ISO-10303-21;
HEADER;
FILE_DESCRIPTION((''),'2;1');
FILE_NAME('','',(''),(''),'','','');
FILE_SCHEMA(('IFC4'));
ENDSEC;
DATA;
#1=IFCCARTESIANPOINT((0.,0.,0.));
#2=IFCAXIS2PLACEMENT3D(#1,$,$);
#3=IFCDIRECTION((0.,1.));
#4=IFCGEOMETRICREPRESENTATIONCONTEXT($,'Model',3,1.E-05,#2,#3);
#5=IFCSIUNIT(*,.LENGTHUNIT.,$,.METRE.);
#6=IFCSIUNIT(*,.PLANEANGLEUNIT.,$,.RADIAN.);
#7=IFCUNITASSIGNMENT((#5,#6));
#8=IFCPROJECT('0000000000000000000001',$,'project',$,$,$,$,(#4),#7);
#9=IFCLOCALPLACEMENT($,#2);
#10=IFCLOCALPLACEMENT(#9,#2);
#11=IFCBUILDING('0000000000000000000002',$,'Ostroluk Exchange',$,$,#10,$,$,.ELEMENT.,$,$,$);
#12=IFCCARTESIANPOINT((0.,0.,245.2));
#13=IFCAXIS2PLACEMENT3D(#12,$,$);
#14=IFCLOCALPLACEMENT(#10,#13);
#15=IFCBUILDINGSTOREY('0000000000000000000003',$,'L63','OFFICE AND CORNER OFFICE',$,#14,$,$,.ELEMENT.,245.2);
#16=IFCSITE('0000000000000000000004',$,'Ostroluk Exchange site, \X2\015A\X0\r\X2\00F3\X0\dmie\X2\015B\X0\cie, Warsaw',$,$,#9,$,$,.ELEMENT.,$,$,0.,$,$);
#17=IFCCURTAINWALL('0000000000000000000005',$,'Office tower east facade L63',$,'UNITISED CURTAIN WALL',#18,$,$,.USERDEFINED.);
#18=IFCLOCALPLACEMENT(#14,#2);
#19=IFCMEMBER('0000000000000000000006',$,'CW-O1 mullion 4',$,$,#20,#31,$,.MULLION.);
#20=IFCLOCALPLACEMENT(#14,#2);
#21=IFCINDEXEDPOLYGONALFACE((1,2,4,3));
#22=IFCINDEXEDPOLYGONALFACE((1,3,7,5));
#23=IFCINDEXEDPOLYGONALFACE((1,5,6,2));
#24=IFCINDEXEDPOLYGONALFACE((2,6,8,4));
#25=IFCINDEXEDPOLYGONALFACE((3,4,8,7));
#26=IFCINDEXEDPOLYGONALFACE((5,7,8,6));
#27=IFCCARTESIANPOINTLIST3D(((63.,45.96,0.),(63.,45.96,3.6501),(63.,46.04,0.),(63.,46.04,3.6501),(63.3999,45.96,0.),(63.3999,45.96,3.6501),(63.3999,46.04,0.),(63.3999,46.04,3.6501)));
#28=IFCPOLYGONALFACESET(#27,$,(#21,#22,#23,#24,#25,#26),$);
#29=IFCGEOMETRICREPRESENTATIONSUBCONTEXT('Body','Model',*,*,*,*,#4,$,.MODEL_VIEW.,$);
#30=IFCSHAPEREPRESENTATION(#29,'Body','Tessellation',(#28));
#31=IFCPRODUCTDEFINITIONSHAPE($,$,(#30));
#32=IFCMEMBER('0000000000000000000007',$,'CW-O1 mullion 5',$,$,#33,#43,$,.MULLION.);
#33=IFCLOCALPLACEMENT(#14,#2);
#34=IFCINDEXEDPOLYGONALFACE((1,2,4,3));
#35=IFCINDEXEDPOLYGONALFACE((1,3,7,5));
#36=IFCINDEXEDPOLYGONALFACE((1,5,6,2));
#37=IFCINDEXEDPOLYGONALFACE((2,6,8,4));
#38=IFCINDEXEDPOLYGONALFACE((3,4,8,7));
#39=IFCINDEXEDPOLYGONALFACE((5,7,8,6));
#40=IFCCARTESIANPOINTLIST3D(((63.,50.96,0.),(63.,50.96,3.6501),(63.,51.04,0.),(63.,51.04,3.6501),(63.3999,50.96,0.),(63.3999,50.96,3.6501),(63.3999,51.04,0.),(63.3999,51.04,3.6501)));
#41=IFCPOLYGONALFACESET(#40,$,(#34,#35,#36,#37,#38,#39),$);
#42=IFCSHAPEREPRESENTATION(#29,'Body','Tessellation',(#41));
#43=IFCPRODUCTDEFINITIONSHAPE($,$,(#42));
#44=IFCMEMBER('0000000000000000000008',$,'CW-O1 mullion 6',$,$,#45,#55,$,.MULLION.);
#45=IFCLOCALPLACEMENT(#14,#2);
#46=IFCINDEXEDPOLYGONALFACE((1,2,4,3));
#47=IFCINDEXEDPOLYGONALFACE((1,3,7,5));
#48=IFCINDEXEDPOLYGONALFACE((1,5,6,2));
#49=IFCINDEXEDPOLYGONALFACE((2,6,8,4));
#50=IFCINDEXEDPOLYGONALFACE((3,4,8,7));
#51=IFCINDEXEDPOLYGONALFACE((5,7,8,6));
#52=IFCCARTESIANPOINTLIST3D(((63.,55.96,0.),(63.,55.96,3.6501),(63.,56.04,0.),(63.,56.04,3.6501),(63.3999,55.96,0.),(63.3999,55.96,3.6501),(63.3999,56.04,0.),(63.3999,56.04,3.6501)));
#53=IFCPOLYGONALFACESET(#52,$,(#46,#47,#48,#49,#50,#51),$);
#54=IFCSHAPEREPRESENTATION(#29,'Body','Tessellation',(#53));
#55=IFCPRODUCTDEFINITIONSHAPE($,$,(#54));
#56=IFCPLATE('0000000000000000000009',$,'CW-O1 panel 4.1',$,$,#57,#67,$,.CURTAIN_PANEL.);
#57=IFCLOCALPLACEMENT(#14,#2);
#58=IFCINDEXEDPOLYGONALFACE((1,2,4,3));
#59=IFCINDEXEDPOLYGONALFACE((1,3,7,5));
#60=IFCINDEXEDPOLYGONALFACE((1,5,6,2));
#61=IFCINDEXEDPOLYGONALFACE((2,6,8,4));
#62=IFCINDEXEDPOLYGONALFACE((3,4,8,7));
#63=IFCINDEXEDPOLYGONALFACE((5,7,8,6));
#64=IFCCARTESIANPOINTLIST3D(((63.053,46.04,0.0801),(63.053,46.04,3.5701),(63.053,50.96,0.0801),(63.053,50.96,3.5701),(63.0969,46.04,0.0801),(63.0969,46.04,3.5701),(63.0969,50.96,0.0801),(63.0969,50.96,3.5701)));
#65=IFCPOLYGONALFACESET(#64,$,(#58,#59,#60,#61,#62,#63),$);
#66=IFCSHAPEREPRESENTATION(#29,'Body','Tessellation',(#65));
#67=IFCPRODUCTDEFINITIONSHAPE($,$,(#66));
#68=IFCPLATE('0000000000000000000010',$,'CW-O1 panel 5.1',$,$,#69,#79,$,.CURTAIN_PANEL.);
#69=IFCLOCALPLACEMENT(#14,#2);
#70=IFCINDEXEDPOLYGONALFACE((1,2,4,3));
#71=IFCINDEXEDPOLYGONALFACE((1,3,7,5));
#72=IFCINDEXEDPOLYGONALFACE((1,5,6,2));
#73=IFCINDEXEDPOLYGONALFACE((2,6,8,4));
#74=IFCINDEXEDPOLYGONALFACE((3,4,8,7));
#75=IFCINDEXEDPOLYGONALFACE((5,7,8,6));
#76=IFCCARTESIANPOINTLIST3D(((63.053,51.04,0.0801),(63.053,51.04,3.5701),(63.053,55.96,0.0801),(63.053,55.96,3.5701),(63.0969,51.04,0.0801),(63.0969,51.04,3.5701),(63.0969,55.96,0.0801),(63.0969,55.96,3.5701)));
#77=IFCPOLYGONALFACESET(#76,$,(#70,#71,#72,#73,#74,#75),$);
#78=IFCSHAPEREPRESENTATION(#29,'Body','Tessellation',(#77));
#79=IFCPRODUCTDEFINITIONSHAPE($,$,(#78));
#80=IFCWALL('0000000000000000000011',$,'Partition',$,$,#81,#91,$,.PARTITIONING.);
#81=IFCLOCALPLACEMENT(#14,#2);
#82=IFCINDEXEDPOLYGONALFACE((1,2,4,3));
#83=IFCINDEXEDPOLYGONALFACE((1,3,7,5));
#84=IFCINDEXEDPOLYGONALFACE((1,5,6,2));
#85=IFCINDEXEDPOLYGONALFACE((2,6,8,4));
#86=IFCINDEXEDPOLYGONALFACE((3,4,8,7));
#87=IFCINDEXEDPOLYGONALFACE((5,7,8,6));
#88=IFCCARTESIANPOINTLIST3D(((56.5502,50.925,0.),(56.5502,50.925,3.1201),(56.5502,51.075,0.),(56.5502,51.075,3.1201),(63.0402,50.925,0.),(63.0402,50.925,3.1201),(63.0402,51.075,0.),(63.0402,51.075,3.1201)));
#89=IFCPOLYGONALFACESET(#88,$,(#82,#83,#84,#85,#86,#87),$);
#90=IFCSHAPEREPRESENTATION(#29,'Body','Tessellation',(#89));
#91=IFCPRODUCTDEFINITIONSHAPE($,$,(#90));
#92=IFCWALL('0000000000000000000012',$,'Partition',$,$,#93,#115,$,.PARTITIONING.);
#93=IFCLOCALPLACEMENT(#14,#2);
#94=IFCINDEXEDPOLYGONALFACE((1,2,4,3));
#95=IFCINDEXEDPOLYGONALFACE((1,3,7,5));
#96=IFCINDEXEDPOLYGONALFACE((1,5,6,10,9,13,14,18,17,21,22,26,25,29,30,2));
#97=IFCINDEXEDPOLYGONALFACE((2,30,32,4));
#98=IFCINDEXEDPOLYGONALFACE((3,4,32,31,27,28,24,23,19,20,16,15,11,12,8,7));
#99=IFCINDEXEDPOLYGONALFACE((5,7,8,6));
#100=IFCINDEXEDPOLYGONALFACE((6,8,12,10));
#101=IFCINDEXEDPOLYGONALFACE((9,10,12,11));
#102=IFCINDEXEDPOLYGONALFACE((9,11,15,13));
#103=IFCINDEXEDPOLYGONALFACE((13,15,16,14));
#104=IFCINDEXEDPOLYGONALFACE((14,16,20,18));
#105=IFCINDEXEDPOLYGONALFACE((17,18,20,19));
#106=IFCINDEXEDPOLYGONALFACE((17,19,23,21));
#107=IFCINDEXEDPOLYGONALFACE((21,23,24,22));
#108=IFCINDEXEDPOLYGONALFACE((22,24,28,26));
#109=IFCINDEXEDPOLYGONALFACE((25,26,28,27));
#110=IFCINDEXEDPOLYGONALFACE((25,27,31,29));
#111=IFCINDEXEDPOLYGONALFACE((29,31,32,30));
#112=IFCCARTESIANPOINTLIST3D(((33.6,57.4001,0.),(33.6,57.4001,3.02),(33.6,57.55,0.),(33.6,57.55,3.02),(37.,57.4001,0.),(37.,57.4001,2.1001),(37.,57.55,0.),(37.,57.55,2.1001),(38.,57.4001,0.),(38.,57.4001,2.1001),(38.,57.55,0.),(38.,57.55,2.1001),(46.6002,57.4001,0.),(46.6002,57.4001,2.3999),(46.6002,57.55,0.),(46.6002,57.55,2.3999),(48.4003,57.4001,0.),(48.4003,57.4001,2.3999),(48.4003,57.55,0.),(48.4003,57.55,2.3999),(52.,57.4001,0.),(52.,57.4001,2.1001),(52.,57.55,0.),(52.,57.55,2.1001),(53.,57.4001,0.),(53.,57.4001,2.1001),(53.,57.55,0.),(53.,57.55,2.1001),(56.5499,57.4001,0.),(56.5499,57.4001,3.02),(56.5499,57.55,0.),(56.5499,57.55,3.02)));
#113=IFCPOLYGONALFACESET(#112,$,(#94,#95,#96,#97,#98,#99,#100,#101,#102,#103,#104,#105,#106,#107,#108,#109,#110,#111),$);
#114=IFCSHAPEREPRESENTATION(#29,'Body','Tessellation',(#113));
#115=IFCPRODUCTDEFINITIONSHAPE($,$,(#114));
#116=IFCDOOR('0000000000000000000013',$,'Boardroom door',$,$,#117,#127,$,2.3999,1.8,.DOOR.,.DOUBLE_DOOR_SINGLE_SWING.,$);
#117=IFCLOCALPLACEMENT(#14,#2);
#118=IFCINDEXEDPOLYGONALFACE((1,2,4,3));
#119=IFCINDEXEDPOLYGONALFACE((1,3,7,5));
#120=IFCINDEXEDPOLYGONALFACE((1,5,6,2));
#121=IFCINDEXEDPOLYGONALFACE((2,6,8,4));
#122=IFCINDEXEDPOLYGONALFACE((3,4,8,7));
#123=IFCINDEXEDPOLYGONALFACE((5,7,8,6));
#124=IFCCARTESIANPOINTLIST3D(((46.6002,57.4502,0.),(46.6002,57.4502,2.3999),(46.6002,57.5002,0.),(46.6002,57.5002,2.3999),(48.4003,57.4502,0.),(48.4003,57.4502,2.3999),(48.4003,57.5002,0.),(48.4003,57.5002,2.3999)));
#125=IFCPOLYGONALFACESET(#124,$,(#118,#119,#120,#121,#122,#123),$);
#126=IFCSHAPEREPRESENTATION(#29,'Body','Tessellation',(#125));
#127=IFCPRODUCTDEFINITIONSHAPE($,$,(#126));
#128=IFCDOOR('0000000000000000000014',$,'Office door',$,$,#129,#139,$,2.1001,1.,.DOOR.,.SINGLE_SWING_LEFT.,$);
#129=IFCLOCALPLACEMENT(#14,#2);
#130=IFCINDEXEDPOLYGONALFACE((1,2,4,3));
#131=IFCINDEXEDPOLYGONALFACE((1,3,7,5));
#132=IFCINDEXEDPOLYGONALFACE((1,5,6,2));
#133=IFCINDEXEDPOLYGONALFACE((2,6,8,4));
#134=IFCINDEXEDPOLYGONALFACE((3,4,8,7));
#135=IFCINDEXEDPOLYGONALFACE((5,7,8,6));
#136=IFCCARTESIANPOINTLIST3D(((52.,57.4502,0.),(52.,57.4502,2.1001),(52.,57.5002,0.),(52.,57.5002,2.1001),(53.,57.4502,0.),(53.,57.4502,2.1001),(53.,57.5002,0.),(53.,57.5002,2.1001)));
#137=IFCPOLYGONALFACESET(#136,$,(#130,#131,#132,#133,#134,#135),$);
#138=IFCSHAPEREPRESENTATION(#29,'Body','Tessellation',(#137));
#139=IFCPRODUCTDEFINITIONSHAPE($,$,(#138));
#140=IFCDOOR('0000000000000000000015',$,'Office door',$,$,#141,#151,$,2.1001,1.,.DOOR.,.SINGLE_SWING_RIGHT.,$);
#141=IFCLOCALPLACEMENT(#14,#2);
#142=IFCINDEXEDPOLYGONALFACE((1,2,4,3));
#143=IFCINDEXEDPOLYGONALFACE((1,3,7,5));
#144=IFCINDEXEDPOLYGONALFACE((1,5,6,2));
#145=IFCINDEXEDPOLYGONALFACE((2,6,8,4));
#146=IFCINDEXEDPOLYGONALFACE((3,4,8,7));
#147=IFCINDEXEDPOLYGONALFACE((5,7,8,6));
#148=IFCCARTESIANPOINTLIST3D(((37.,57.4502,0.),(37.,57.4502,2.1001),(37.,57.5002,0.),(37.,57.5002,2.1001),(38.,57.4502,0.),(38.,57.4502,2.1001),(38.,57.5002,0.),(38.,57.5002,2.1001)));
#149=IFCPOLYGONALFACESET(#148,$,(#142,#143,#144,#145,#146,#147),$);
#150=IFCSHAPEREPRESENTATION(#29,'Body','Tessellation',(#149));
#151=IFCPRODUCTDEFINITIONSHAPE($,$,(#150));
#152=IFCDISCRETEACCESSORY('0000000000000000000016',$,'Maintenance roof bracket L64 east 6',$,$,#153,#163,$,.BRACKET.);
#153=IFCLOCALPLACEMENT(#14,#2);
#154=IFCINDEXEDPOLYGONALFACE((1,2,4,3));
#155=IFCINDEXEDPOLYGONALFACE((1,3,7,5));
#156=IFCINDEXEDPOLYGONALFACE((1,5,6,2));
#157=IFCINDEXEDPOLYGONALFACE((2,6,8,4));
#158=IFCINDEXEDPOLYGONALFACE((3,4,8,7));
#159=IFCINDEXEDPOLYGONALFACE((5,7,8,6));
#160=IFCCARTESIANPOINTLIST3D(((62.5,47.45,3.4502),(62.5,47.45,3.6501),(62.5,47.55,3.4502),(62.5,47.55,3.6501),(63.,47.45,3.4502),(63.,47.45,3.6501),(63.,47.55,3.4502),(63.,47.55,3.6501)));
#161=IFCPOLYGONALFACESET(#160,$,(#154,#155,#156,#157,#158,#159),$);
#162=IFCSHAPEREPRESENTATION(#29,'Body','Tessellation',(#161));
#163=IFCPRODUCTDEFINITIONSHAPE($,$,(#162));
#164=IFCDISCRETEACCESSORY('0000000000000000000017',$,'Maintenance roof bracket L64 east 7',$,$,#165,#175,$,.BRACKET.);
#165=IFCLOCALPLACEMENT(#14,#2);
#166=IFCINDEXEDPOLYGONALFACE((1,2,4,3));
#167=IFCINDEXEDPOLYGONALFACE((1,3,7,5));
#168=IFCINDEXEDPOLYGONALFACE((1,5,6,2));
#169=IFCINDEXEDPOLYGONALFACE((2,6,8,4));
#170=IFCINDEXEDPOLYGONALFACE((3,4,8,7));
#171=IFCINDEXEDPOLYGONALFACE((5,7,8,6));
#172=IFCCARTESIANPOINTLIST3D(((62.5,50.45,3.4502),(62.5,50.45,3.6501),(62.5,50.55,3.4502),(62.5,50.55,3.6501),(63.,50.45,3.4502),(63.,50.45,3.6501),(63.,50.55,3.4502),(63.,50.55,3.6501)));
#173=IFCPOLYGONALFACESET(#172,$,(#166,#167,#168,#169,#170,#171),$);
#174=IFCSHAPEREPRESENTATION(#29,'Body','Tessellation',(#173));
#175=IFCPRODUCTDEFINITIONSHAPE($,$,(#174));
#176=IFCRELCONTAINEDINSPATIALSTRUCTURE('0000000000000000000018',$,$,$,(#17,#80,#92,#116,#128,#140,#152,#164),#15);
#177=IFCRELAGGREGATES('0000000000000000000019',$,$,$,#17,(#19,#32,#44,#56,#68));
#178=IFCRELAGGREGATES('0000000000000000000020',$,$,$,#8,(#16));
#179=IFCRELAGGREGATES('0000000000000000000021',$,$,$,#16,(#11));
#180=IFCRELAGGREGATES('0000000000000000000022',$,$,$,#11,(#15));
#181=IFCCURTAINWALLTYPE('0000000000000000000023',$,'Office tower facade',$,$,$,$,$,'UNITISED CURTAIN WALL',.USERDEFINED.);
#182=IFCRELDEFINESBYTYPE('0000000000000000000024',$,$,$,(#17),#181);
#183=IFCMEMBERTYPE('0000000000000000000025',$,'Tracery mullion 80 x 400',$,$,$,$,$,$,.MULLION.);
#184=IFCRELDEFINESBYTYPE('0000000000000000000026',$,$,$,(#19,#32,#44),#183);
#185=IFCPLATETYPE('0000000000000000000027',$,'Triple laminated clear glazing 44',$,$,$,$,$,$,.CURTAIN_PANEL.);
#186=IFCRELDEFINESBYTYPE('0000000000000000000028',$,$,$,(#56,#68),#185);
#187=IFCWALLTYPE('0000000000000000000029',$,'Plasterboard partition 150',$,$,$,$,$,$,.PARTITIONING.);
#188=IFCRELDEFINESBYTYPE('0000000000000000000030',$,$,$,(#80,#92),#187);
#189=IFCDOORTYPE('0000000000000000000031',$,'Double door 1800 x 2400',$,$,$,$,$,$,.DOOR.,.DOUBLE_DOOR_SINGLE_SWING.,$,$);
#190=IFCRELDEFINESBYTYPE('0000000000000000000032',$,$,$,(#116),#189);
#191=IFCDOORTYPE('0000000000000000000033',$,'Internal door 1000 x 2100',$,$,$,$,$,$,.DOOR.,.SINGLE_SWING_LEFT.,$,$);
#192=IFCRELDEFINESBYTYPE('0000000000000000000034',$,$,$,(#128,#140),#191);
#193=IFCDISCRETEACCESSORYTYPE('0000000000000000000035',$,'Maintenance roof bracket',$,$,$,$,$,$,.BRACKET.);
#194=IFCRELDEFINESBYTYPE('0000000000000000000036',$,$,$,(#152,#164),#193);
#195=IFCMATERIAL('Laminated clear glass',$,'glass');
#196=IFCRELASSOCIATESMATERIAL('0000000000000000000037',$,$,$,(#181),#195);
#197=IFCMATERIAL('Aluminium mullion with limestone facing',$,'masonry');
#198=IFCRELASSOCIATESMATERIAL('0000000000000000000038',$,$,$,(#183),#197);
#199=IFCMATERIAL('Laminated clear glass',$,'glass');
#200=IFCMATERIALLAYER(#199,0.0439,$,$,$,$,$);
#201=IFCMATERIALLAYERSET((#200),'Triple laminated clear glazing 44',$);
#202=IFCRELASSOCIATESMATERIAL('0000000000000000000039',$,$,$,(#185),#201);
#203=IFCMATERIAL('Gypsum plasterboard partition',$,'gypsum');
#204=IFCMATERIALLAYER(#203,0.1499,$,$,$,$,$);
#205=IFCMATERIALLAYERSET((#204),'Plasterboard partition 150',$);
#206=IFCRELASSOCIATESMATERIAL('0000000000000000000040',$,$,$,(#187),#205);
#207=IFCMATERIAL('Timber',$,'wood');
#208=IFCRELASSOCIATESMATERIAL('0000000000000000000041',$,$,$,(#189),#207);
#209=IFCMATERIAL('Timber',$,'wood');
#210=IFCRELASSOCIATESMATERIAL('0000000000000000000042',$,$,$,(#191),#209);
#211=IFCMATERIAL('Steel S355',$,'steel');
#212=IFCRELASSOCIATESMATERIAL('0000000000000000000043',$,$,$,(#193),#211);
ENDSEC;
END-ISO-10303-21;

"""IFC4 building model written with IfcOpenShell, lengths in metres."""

from ifc_helpers import new_model, si_unit, direction, frame, frame_2d, origin, origin_2d, place, context, subcontext, project, spatial, rectangle, extrude, material, layer, layer_set, material_profile, profile_set, type_object, element, fill, aggregate, save


model = new_model("IFC4")

# Units and contexts
model_context = context("Model", 3, precision=1e-05, world=origin(), true_north=direction((0.0, 1.0)))
body_context = subcontext(model_context, "Body", "Model", "MODEL_VIEW")
ifc_project = project(units=[si_unit("LENGTHUNIT", "METRE"), si_unit("PLANEANGLEUNIT", "RADIAN")], contexts=[model_context])

# Site, building, storey
site_placement = place(None, origin())
site = spatial("IfcSite", under=ifc_project, at=site_placement, Name="Ostroluk Exchange site, Śródmieście, Warsaw", CompositionType="ELEMENT", RefElevation=0.0)
building_placement = place(site_placement, origin())
building = spatial("IfcBuilding", under=site, at=building_placement, Name="Ostroluk Exchange", CompositionType="ELEMENT")
storey_placement = place(building_placement, frame((0.0, 0.0, 245.2)))
storey = spatial("IfcBuildingStorey", under=building, at=storey_placement, Name="L63", Description="OFFICE AND CORNER OFFICE", CompositionType="ELEMENT", Elevation=245.2)

# Curtain wall, members, plates
ifc_material_1 = material(Name="Laminated clear glass", Category="glass")
curtain_wall_type = type_object("IfcCurtainWallType", Name="Office tower facade", ElementType="UNITISED CURTAIN WALL", PredefinedType="USERDEFINED", material=ifc_material_1)
curtain_wall_placement = place(storey_placement, origin())
curtain_wall = element("IfcCurtainWall", 1, at=curtain_wall_placement, inside=storey, type_object=curtain_wall_type, Name="Office tower east facade L63", ObjectType="UNITISED CURTAIN WALL", PredefinedType="USERDEFINED")
ifc_material_2 = material(Name="Aluminium mullion with limestone facing", Category="masonry")
ifc_material_profile_1 = material_profile(ifc_material_2, rectangle(XDim=0.3999, YDim=0.0801, at=origin_2d()), Name="Tracery mullion 80 x 400")
ifc_profile_set_1 = profile_set([ifc_material_profile_1], Name="Aluminium mullion with limestone facing")
member_type_1 = type_object("IfcMemberType", Name="Tracery mullion 80 x 400", PredefinedType="MULLION", material=ifc_profile_set_1)
member_1_placement = place(storey_placement, frame((63.2, 46.0, 0.0), z_axis=(0.0, 0.0, 1.0), x_axis=(-1.0, 0.0, 0.0)))
member_1 = element("IfcMember", 2, at=member_1_placement, type_object=member_type_1, Name="CW-O1 mullion 4", PredefinedType="MULLION", context=body_context, shape_type="SweptSolid", body=[
    extrude(rectangle(XDim=0.3999, YDim=0.0801, at=origin_2d()), origin(), (0.0, 0.0, 1.0), 3.6501),
])
member_2_placement = place(storey_placement, frame((63.2, 51.0, 0.0), z_axis=(0.0, 0.0, 1.0), x_axis=(-1.0, 0.0, 0.0)))
member_2 = element("IfcMember", 3, at=member_2_placement, type_object=member_type_1, Name="CW-O1 mullion 5", PredefinedType="MULLION", context=body_context, shape_type="SweptSolid", body=[
    extrude(rectangle(XDim=0.3999, YDim=0.0801, at=origin_2d()), origin(), (0.0, 0.0, 1.0), 3.6501),
])
member_3_placement = place(storey_placement, frame((63.2, 56.0, 0.0), z_axis=(0.0, 0.0, 1.0), x_axis=(-1.0, 0.0, 0.0)))
member_3 = element("IfcMember", 4, at=member_3_placement, type_object=member_type_1, Name="CW-O1 mullion 6", PredefinedType="MULLION", context=body_context, shape_type="SweptSolid", body=[
    extrude(rectangle(XDim=0.3999, YDim=0.0801, at=origin_2d()), origin(), (0.0, 0.0, 1.0), 3.6501),
])
ifc_material_3 = material(Name="Laminated clear glass", Category="glass")
ifc_layer_1 = layer(ifc_material_3, 0.0439)
ifc_layer_set_1 = layer_set([ifc_layer_1], Name="Triple laminated clear glazing 44")
plate_type = type_object("IfcPlateType", Name="Triple laminated clear glazing 44", PredefinedType="CURTAIN_PANEL", material=ifc_layer_set_1)
plate_1_placement = place(storey_placement, frame((63.075, 48.5, 0.0801), z_axis=(0.0, 0.0, 1.0), x_axis=(0.0, 1.0, 0.0)))
plate_1 = element("IfcPlate", 5, at=plate_1_placement, type_object=plate_type, Name="CW-O1 panel 4.1", PredefinedType="CURTAIN_PANEL", context=body_context, shape_type="SweptSolid", body=[
    extrude(rectangle(XDim=4.9199, YDim=0.0439, at=origin_2d()), origin(), (0.0, 0.0, 1.0), 3.49),
])
plate_2_placement = place(storey_placement, frame((63.075, 53.5, 0.0801), z_axis=(0.0, 0.0, 1.0), x_axis=(0.0, 1.0, 0.0)))
plate_2 = element("IfcPlate", 6, at=plate_2_placement, type_object=plate_type, Name="CW-O1 panel 5.1", PredefinedType="CURTAIN_PANEL", context=body_context, shape_type="SweptSolid", body=[
    extrude(rectangle(XDim=4.9199, YDim=0.0439, at=origin_2d()), origin(), (0.0, 0.0, 1.0), 3.49),
])
aggregate(curtain_wall, [member_1, member_2, member_3, plate_1, plate_2])

# Wall
ifc_material_4 = material(Name="Gypsum plasterboard partition", Category="gypsum")
ifc_layer_2 = layer(ifc_material_4, 0.1499)
ifc_layer_set_2 = layer_set([ifc_layer_2], Name="Plasterboard partition 150")
wall_type = type_object("IfcWallType", Name="Plasterboard partition 150", PredefinedType="PARTITIONING", material=ifc_layer_set_2)
wall_1_placement = place(storey_placement, frame((56.55, 51.0, 0.0), z_axis=(0.0, 0.0, 1.0), x_axis=(1.0, 0.0, 0.0)))
element("IfcWall", 7, at=wall_1_placement, inside=storey, type_object=wall_type, Name="Partition", PredefinedType="PARTITIONING", context=body_context, shape_type="SweptSolid", body=[
    extrude(rectangle(XDim=6.49, YDim=0.1499, at=frame_2d((3.2451, 0.0))), origin(), (0.0, 0.0, 1.0), 3.1201),
])

# Wall, openings, doors
wall_2_placement = place(storey_placement, frame((56.55, 57.4751, 0.0), z_axis=(0.0, 0.0, 1.0), x_axis=(-1.0, 0.0, 0.0)))
wall_2 = element("IfcWall", 8, at=wall_2_placement, inside=storey, type_object=wall_type, Name="Partition", PredefinedType="PARTITIONING", context=body_context, shape_type="SweptSolid", body=[
    extrude(rectangle(XDim=22.95, YDim=0.1499, at=frame_2d((11.4751, 0.0))), origin(), (0.0, 0.0, 1.0), 3.02),
])
opening_1_placement = place(wall_2_placement, frame((3.55, 0.0, 0.0)))
opening_1 = element("IfcOpeningElement", 9, at=opening_1_placement, cuts=wall_2, PredefinedType="OPENING", context=body_context, shape_type="SweptSolid", body=[
    extrude(rectangle(XDim=1.0, YDim=2.1001, at=frame_2d((0.5, 1.05))), frame((0.0, 0.085, 0.0), z_axis=(0.0, -1.0, 0.0), x_axis=(1.0, 0.0, 0.0)), (0.0, 0.0, 1.0), 0.1699),
])
opening_2_placement = place(wall_2_placement, frame((8.1499, 0.0, 0.0)))
opening_2 = element("IfcOpeningElement", 10, at=opening_2_placement, cuts=wall_2, PredefinedType="OPENING", context=body_context, shape_type="SweptSolid", body=[
    extrude(rectangle(XDim=1.8, YDim=2.3999, at=frame_2d((0.8999, 1.2))), frame((0.0, 0.085, 0.0), z_axis=(0.0, -1.0, 0.0), x_axis=(1.0, 0.0, 0.0)), (0.0, 0.0, 1.0), 0.1699),
])
opening_3_placement = place(wall_2_placement, frame((18.55, 0.0, 0.0)))
opening_3 = element("IfcOpeningElement", 11, at=opening_3_placement, cuts=wall_2, PredefinedType="OPENING", context=body_context, shape_type="SweptSolid", body=[
    extrude(rectangle(XDim=1.0, YDim=2.1001, at=frame_2d((0.5, 1.05))), frame((0.0, 0.085, 0.0), z_axis=(0.0, -1.0, 0.0), x_axis=(1.0, 0.0, 0.0)), (0.0, 0.0, 1.0), 0.1699),
])
ifc_material_5 = material(Name="Timber", Category="wood")
door_type_1 = type_object("IfcDoorType", Name="Double door 1800 x 2400", OperationType="DOUBLE_DOOR_SINGLE_SWING", PredefinedType="DOOR", material=ifc_material_5)
door_1_placement = place(opening_2_placement, origin())
door_1 = element("IfcDoor", 12, at=door_1_placement, inside=storey, type_object=door_type_1, Name="Boardroom door", OperationType="DOUBLE_DOOR_SINGLE_SWING", OverallHeight=2.3999, OverallWidth=1.8, PredefinedType="DOOR", context=body_context, shape_type="SweptSolid", body=[
    extrude(rectangle(XDim=1.8, YDim=2.3999, at=frame_2d((0.8999, 1.2))), frame((0.0, 0.0249, 0.0), z_axis=(0.0, -1.0, 0.0), x_axis=(1.0, 0.0, 0.0)), (0.0, 0.0, 1.0), 0.05),
])
fill(opening_2, door_1)
ifc_material_6 = material(Name="Timber", Category="wood")
door_type_2 = type_object("IfcDoorType", Name="Internal door 1000 x 2100", OperationType="SINGLE_SWING_LEFT", PredefinedType="DOOR", material=ifc_material_6)
door_2_placement = place(opening_1_placement, origin())
door_2 = element("IfcDoor", 13, at=door_2_placement, inside=storey, type_object=door_type_2, Name="Office door", OperationType="SINGLE_SWING_LEFT", OverallHeight=2.1001, OverallWidth=1.0, PredefinedType="DOOR", context=body_context, shape_type="SweptSolid", body=[
    extrude(rectangle(XDim=1.0, YDim=2.1001, at=frame_2d((0.5, 1.05))), frame((0.0, 0.0249, 0.0), z_axis=(0.0, -1.0, 0.0), x_axis=(1.0, 0.0, 0.0)), (0.0, 0.0, 1.0), 0.05),
])
fill(opening_1, door_2)
door_3_placement = place(opening_3_placement, origin())
door_3 = element("IfcDoor", 14, at=door_3_placement, inside=storey, type_object=door_type_2, Name="Office door", OperationType="SINGLE_SWING_RIGHT", OverallHeight=2.1001, OverallWidth=1.0, PredefinedType="DOOR", context=body_context, shape_type="SweptSolid", body=[
    extrude(rectangle(XDim=1.0, YDim=2.1001, at=frame_2d((0.5, 1.05))), frame((0.0, 0.0249, 0.0), z_axis=(0.0, -1.0, 0.0), x_axis=(1.0, 0.0, 0.0)), (0.0, 0.0, 1.0), 0.05),
])
fill(opening_3, door_3)

# Discrete accessories
ifc_material_7 = material(Name="Steel S355", Category="steel")
discrete_accessory_type = type_object("IfcDiscreteAccessoryType", Name="Maintenance roof bracket", PredefinedType="BRACKET", material=ifc_material_7)
for number, where, z_axis, x_axis, name in (
    (15, (62.75, 47.5, 3.4502), (0.0, 0.0, 1.0), (1.0, 0.0, 0.0), "Maintenance roof bracket L64 east 6"),
    (16, (62.75, 50.5, 3.4502), (0.0, 0.0, 1.0), (1.0, 0.0, 0.0), "Maintenance roof bracket L64 east 7"),
):
    element("IfcDiscreteAccessory", number, at=place(storey_placement, frame(where, z_axis=z_axis, x_axis=x_axis)), inside=storey, type_object=discrete_accessory_type, Name=name, PredefinedType="BRACKET", context=body_context, shape_type="SweptSolid", body=[
        extrude(rectangle(XDim=0.5, YDim=0.1001, at=origin_2d()), origin(), (0.0, 0.0, 1.0), 0.2),
    ])

save(model, "model.ifc")
